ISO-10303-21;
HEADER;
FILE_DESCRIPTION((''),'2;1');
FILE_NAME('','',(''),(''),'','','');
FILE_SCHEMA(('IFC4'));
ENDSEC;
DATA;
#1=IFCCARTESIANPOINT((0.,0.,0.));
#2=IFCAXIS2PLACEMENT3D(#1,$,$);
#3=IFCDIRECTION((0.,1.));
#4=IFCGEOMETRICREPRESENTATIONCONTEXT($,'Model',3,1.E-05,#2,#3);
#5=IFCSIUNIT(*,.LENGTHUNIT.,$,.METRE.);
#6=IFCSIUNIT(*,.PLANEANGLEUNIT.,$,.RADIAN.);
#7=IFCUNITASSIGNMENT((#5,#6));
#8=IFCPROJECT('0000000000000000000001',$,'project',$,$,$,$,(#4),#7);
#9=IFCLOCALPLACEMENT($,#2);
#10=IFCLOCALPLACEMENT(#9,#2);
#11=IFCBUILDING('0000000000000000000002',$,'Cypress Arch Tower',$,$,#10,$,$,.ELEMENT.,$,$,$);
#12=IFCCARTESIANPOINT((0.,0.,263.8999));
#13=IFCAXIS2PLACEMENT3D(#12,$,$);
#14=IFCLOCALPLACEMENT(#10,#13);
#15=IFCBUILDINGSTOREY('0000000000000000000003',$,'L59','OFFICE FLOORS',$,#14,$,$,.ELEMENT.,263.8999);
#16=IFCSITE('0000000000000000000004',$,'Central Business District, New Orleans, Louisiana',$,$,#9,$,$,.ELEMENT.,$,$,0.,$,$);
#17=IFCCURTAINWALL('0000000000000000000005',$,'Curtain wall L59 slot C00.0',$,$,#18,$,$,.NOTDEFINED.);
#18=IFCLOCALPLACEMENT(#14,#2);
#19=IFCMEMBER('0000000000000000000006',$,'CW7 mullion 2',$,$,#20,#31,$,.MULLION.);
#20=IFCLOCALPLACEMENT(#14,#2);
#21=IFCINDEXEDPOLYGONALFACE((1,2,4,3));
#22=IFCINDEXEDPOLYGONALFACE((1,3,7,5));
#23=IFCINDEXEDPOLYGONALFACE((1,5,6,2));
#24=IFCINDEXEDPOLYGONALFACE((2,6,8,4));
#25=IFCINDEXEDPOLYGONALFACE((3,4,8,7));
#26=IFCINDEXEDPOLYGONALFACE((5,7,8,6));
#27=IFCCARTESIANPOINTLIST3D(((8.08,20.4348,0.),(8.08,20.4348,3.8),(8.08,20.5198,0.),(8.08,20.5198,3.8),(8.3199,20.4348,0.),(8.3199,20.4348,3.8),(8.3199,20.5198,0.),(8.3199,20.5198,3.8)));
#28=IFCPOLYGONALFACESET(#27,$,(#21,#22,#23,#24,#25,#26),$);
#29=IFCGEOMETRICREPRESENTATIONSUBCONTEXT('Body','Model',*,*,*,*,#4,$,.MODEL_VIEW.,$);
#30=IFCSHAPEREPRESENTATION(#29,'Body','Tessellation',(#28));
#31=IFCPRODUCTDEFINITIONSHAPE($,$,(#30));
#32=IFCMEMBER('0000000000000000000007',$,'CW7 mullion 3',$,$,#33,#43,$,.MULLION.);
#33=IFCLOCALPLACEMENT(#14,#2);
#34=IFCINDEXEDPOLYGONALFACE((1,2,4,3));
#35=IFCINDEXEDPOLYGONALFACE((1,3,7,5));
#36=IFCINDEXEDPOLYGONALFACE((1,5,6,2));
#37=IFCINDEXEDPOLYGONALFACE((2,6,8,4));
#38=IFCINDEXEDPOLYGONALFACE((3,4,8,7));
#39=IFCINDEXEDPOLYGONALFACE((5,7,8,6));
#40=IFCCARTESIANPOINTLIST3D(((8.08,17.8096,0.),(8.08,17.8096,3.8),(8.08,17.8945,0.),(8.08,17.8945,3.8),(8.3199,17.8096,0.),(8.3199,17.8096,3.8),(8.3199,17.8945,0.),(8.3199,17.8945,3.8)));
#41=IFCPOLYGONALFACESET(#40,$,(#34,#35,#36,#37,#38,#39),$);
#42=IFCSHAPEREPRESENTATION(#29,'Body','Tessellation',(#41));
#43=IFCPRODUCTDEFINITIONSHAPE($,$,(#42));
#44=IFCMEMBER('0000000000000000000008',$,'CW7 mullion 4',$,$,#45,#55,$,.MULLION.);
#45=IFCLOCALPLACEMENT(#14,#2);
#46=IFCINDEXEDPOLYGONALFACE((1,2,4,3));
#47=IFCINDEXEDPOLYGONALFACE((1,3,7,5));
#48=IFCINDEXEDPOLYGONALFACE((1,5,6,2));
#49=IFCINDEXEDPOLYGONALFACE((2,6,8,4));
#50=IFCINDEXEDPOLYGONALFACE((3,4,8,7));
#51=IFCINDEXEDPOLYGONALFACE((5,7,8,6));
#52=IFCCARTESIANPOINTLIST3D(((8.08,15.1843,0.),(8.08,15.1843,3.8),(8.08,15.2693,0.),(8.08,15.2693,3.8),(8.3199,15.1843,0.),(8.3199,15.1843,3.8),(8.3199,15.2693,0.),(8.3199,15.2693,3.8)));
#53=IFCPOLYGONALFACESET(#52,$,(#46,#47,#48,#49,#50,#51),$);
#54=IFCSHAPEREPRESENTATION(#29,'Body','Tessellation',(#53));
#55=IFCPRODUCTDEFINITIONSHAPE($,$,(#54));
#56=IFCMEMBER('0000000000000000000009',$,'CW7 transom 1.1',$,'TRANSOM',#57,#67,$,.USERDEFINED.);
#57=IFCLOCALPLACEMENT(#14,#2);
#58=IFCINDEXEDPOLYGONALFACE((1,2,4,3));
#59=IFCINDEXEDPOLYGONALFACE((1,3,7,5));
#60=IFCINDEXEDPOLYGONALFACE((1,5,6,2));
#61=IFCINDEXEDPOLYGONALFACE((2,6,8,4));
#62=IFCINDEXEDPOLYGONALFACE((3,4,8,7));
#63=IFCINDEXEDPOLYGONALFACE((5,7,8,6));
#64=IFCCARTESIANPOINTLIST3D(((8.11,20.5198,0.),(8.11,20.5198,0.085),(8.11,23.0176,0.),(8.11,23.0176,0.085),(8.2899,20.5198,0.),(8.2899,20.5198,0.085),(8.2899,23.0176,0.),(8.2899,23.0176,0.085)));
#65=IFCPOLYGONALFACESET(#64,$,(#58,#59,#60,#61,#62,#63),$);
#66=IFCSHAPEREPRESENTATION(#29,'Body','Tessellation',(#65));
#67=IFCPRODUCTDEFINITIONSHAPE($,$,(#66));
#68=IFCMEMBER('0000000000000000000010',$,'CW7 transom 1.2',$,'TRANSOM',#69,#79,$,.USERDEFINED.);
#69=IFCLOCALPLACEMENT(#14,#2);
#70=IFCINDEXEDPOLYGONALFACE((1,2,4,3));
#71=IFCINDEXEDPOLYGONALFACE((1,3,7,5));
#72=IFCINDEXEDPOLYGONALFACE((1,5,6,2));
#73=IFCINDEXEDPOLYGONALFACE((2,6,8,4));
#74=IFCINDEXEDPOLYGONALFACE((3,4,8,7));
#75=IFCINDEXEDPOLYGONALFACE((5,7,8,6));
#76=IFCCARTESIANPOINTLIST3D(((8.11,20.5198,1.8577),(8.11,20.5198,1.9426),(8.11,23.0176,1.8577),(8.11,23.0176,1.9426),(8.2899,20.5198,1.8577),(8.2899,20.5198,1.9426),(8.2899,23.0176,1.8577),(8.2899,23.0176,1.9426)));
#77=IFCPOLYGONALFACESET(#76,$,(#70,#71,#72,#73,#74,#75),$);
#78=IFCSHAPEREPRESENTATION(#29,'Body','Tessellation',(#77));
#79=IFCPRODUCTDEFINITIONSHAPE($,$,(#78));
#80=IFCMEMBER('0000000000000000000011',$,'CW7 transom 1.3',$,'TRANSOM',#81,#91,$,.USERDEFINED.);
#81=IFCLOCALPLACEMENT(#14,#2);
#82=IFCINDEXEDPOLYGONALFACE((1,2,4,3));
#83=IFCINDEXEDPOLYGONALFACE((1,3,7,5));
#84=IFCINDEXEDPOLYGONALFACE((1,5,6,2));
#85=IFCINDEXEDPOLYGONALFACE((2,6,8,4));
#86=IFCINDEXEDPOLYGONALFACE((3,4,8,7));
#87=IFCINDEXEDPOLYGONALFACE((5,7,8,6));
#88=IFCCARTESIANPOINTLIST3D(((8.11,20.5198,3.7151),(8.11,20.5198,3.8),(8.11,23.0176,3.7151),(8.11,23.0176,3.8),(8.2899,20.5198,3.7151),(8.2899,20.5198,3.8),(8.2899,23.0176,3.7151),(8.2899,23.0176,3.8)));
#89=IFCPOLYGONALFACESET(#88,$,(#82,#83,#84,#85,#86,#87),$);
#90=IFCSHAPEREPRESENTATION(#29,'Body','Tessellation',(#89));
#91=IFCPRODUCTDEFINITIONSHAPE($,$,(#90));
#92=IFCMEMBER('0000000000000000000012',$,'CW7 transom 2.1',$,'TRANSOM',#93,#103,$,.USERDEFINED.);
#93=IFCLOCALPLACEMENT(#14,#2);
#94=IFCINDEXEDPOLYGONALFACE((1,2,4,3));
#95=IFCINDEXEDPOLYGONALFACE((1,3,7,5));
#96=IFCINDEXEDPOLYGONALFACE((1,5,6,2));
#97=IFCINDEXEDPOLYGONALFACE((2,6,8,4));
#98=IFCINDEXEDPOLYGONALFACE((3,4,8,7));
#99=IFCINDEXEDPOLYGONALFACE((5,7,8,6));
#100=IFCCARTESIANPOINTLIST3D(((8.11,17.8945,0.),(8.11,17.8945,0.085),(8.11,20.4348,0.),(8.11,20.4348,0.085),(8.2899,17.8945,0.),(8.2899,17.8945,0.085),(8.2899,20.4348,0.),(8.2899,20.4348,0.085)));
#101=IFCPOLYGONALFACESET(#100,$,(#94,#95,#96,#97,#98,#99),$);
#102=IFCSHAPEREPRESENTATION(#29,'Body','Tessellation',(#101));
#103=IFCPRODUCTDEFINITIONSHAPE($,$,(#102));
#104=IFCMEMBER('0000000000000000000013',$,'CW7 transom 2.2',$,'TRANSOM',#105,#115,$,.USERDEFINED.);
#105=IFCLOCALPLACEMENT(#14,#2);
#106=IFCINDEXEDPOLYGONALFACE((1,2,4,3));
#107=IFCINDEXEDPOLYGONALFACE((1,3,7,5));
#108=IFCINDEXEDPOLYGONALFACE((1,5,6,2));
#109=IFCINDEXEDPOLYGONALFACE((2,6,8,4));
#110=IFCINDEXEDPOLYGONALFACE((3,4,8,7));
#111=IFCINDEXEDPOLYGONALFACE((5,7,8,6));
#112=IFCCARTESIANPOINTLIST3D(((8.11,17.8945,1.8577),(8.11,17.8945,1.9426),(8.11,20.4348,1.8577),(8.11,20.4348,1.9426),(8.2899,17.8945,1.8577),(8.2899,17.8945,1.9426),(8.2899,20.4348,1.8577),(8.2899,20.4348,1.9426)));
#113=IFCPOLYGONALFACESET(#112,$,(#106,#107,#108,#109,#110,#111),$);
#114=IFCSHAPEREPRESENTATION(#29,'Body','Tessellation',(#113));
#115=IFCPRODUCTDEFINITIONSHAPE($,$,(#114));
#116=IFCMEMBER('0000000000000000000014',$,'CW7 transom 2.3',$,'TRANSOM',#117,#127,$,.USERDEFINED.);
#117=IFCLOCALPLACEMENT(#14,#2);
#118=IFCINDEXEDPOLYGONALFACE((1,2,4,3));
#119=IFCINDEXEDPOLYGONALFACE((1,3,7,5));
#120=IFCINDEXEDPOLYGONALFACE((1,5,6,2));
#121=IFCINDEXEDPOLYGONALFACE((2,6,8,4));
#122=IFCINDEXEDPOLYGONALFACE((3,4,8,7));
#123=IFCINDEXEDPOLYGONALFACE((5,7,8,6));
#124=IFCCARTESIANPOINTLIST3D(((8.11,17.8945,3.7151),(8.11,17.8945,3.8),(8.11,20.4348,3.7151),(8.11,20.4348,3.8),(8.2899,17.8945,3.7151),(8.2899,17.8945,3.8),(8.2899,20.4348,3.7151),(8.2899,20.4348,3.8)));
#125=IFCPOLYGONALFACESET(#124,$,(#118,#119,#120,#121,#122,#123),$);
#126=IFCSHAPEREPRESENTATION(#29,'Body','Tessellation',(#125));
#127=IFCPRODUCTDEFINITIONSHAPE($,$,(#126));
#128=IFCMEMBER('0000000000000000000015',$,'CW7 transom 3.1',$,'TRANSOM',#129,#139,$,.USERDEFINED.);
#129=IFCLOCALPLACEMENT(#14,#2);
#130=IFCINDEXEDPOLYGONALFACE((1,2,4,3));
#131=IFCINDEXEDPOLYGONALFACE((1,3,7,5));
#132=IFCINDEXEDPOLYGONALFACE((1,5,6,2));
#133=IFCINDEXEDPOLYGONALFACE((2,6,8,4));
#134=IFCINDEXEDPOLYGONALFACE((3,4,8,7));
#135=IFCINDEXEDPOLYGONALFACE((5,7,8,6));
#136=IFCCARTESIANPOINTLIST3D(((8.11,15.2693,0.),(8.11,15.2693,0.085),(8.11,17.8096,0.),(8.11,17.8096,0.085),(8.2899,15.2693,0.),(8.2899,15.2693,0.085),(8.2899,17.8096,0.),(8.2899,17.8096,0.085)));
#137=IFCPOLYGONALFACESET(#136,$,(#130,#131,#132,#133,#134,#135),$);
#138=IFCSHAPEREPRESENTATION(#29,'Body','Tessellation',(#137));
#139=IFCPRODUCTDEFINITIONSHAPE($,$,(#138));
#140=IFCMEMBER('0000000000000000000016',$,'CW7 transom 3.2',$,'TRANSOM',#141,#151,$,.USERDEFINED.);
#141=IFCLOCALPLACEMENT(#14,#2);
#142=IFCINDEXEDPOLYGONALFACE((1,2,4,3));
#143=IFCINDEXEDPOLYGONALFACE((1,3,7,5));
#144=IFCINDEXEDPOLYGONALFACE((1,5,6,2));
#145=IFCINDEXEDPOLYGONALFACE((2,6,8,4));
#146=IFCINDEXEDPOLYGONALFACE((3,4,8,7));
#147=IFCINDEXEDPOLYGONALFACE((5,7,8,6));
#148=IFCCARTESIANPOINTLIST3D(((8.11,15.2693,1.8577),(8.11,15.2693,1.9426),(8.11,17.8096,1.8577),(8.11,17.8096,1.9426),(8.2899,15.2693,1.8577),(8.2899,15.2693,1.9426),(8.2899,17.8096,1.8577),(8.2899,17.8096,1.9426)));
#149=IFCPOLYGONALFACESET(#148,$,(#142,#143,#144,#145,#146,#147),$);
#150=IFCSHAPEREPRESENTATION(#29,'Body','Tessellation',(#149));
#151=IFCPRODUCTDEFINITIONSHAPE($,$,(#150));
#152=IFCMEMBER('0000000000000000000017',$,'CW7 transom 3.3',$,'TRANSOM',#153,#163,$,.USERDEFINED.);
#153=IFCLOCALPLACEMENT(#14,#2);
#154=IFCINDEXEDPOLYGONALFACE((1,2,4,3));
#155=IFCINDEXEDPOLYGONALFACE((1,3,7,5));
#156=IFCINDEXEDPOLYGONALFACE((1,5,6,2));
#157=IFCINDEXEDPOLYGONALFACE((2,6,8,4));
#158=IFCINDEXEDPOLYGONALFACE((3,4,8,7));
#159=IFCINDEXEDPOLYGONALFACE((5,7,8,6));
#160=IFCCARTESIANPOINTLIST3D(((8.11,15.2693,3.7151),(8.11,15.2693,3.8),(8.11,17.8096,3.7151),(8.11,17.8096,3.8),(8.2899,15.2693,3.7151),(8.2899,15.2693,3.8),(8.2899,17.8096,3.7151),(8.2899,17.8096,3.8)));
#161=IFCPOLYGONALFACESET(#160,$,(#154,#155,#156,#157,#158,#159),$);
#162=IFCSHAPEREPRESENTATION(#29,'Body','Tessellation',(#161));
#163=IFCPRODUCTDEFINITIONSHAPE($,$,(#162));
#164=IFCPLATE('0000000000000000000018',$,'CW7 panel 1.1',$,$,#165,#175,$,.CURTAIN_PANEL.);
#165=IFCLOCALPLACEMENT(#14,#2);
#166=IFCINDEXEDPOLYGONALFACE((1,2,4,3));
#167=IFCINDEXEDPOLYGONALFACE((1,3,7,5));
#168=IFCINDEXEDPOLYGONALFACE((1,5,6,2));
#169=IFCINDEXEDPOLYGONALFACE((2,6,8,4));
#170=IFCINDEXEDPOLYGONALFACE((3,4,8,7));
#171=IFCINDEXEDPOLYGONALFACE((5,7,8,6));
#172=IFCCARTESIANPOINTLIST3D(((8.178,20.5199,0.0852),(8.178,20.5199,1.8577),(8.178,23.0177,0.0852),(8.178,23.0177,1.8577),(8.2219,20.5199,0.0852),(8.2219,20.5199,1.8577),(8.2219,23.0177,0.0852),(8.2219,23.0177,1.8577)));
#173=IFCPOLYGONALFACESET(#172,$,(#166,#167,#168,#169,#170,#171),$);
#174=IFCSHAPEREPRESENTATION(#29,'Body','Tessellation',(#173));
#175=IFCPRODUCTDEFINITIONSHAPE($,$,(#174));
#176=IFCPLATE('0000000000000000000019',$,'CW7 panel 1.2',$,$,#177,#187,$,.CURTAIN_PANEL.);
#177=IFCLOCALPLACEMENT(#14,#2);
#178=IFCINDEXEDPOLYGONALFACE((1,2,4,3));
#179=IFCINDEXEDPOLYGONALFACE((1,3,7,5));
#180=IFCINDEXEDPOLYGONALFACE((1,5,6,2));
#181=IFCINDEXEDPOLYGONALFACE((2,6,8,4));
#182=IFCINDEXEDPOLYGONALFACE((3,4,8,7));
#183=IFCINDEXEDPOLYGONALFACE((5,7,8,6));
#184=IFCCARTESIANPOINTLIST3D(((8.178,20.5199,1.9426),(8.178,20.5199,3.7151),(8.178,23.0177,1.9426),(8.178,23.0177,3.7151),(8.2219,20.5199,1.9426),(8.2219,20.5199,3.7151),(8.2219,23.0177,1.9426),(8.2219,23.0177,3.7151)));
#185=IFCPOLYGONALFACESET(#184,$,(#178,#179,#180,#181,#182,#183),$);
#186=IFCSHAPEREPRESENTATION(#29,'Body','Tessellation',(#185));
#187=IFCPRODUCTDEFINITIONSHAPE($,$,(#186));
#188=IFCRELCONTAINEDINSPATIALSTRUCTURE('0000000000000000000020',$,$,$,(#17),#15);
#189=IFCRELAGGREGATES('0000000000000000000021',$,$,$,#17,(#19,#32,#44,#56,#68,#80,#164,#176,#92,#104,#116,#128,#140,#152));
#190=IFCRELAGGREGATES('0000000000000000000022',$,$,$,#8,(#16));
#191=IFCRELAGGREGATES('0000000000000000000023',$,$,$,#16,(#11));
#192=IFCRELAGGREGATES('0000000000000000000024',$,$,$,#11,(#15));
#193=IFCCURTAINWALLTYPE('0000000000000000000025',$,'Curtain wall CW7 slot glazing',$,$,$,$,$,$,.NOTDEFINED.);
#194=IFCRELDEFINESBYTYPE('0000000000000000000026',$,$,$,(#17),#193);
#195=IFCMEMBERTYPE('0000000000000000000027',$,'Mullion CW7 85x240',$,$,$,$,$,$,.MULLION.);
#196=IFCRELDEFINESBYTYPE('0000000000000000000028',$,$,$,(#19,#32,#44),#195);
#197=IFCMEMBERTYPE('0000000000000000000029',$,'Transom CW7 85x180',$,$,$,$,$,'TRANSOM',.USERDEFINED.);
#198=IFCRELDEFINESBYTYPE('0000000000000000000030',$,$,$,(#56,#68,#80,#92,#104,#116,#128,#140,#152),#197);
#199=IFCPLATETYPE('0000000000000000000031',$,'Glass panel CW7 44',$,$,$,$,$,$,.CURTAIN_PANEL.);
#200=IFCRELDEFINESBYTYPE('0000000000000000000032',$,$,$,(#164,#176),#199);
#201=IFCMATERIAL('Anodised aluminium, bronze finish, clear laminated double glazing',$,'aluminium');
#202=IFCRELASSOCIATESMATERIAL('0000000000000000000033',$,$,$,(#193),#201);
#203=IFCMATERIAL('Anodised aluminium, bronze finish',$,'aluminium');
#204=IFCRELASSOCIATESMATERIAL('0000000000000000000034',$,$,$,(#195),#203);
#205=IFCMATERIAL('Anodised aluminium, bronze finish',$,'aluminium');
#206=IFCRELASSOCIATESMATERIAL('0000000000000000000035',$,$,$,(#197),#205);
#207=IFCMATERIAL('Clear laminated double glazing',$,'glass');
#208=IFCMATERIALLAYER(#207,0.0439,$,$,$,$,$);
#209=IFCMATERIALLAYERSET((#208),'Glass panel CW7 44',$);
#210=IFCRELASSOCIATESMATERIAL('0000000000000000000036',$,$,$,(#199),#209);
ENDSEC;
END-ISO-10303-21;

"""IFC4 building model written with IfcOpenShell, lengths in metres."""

from ifc_helpers import new_model, si_unit, direction, frame, origin, origin_2d, place, context, subcontext, project, spatial, rectangle, extrude, material, layer, layer_set, material_profile, profile_set, type_object, element, aggregate, save


model = new_model("IFC4")

# Units and contexts
model_context = context("Model", 3, precision=1e-05, world=origin(), true_north=direction((0.0, 1.0)))
body_context = subcontext(model_context, "Body", "Model", "MODEL_VIEW")
ifc_project = project(units=[si_unit("LENGTHUNIT", "METRE"), si_unit("PLANEANGLEUNIT", "RADIAN")], contexts=[model_context])

# Site, building, storey
site_placement = place(None, origin())
site = spatial("IfcSite", under=ifc_project, at=site_placement, Name="Central Business District, New Orleans, Louisiana", CompositionType="ELEMENT", RefElevation=0.0)
building_placement = place(site_placement, origin())
building = spatial("IfcBuilding", under=site, at=building_placement, Name="Cypress Arch Tower", CompositionType="ELEMENT")
storey_placement = place(building_placement, frame((0.0, 0.0, 263.8999)))
storey = spatial("IfcBuildingStorey", under=building, at=storey_placement, Name="L59", Description="OFFICE FLOORS", CompositionType="ELEMENT", Elevation=263.8999)

# Curtain wall, members, plates
ifc_material_1 = material(Name="Anodised aluminium, bronze finish, clear laminated double glazing", Category="aluminium")
curtain_wall_type = type_object("IfcCurtainWallType", Name="Curtain wall CW7 slot glazing", PredefinedType="NOTDEFINED", material=ifc_material_1)
curtain_wall_placement = place(storey_placement, origin())
curtain_wall = element("IfcCurtainWall", 1, at=curtain_wall_placement, inside=storey, type_object=curtain_wall_type, Name="Curtain wall L59 slot C00.0", PredefinedType="NOTDEFINED")
ifc_material_2 = material(Name="Anodised aluminium, bronze finish", Category="aluminium")
ifc_material_profile_1 = material_profile(ifc_material_2, rectangle(XDim=0.24, YDim=0.085, at=origin_2d()), Name="Mullion 85x240")
ifc_profile_set_1 = profile_set([ifc_material_profile_1], Name="Anodised aluminium, bronze finish")
member_type_1 = type_object("IfcMemberType", Name="Mullion CW7 85x240", PredefinedType="MULLION", material=ifc_profile_set_1)
member_1_placement = place(storey_placement, frame((8.2, 20.4773, 0.0), z_axis=(0.0, 0.0, 1.0), x_axis=(1.0, 0.0, 0.0)))
member_1 = element("IfcMember", 2, at=member_1_placement, type_object=member_type_1, Name="CW7 mullion 2", PredefinedType="MULLION", context=body_context, shape_type="SweptSolid", body=[
    extrude(rectangle(XDim=0.24, YDim=0.085, at=origin_2d()), origin(), (0.0, 0.0, 1.0), 3.8),
])
member_2_placement = place(storey_placement, frame((8.2, 17.8521, 0.0), z_axis=(0.0, 0.0, 1.0), x_axis=(1.0, 0.0, 0.0)))
member_2 = element("IfcMember", 3, at=member_2_placement, type_object=member_type_1, Name="CW7 mullion 3", PredefinedType="MULLION", context=body_context, shape_type="SweptSolid", body=[
    extrude(rectangle(XDim=0.24, YDim=0.085, at=origin_2d()), origin(), (0.0, 0.0, 1.0), 3.8),
])
member_3_placement = place(storey_placement, frame((8.2, 15.2268, 0.0), z_axis=(0.0, 0.0, 1.0), x_axis=(1.0, 0.0, 0.0)))
member_3 = element("IfcMember", 4, at=member_3_placement, type_object=member_type_1, Name="CW7 mullion 4", PredefinedType="MULLION", context=body_context, shape_type="SweptSolid", body=[
    extrude(rectangle(XDim=0.24, YDim=0.085, at=origin_2d()), origin(), (0.0, 0.0, 1.0), 3.8),
])
ifc_material_3 = material(Name="Anodised aluminium, bronze finish", Category="aluminium")
ifc_material_profile_2 = material_profile(ifc_material_3, rectangle(XDim=0.1799, YDim=0.085, at=origin_2d()), Name="Transom 85x180")
ifc_profile_set_2 = profile_set([ifc_material_profile_2], Name="Anodised aluminium, bronze finish")
member_type_2 = type_object("IfcMemberType", Name="Transom CW7 85x180", ElementType="TRANSOM", PredefinedType="USERDEFINED", material=ifc_profile_set_2)
member_4_placement = place(storey_placement, frame((8.2, 23.0176, 0.0425), z_axis=(0.0, -1.0, 0.0), x_axis=(1.0, 0.0, 0.0)))
member_4 = element("IfcMember", 5, at=member_4_placement, type_object=member_type_2, Name="CW7 transom 1.1", ObjectType="TRANSOM", PredefinedType="USERDEFINED", context=body_context, shape_type="SweptSolid", body=[
    extrude(rectangle(XDim=0.1799, YDim=0.085, at=origin_2d()), origin(), (0.0, 0.0, 1.0), 2.4978),
])
member_5_placement = place(storey_placement, frame((8.2, 23.0176, 1.9001), z_axis=(0.0, -1.0, 0.0), x_axis=(1.0, 0.0, 0.0)))
member_5 = element("IfcMember", 6, at=member_5_placement, type_object=member_type_2, Name="CW7 transom 1.2", ObjectType="TRANSOM", PredefinedType="USERDEFINED", context=body_context, shape_type="SweptSolid", body=[
    extrude(rectangle(XDim=0.1799, YDim=0.085, at=origin_2d()), origin(), (0.0, 0.0, 1.0), 2.4978),
])
member_6_placement = place(storey_placement, frame((8.2, 23.0176, 3.7576), z_axis=(0.0, -1.0, 0.0), x_axis=(1.0, 0.0, 0.0)))
member_6 = element("IfcMember", 7, at=member_6_placement, type_object=member_type_2, Name="CW7 transom 1.3", ObjectType="TRANSOM", PredefinedType="USERDEFINED", context=body_context, shape_type="SweptSolid", body=[
    extrude(rectangle(XDim=0.1799, YDim=0.085, at=origin_2d()), origin(), (0.0, 0.0, 1.0), 2.4978),
])
member_7_placement = place(storey_placement, frame((8.2, 20.4348, 0.0425), z_axis=(0.0, -1.0, 0.0), x_axis=(1.0, 0.0, 0.0)))
member_7 = element("IfcMember", 8, at=member_7_placement, type_object=member_type_2, Name="CW7 transom 2.1", ObjectType="TRANSOM", PredefinedType="USERDEFINED", context=body_context, shape_type="SweptSolid", body=[
    extrude(rectangle(XDim=0.1799, YDim=0.085, at=origin_2d()), origin(), (0.0, 0.0, 1.0), 2.5403),
])
member_8_placement = place(storey_placement, frame((8.2, 20.4348, 1.9001), z_axis=(0.0, -1.0, 0.0), x_axis=(1.0, 0.0, 0.0)))
member_8 = element("IfcMember", 9, at=member_8_placement, type_object=member_type_2, Name="CW7 transom 2.2", ObjectType="TRANSOM", PredefinedType="USERDEFINED", context=body_context, shape_type="SweptSolid", body=[
    extrude(rectangle(XDim=0.1799, YDim=0.085, at=origin_2d()), origin(), (0.0, 0.0, 1.0), 2.5403),
])
member_9_placement = place(storey_placement, frame((8.2, 20.4348, 3.7576), z_axis=(0.0, -1.0, 0.0), x_axis=(1.0, 0.0, 0.0)))
member_9 = element("IfcMember", 10, at=member_9_placement, type_object=member_type_2, Name="CW7 transom 2.3", ObjectType="TRANSOM", PredefinedType="USERDEFINED", context=body_context, shape_type="SweptSolid", body=[
    extrude(rectangle(XDim=0.1799, YDim=0.085, at=origin_2d()), origin(), (0.0, 0.0, 1.0), 2.5403),
])
member_10_placement = place(storey_placement, frame((8.2, 17.8096, 0.0425), z_axis=(0.0, -1.0, 0.0), x_axis=(1.0, 0.0, 0.0)))
member_10 = element("IfcMember", 11, at=member_10_placement, type_object=member_type_2, Name="CW7 transom 3.1", ObjectType="TRANSOM", PredefinedType="USERDEFINED", context=body_context, shape_type="SweptSolid", body=[
    extrude(rectangle(XDim=0.1799, YDim=0.085, at=origin_2d()), origin(), (0.0, 0.0, 1.0), 2.5403),
])
member_11_placement = place(storey_placement, frame((8.2, 17.8096, 1.9001), z_axis=(0.0, -1.0, 0.0), x_axis=(1.0, 0.0, 0.0)))
member_11 = element("IfcMember", 12, at=member_11_placement, type_object=member_type_2, Name="CW7 transom 3.2", ObjectType="TRANSOM", PredefinedType="USERDEFINED", context=body_context, shape_type="SweptSolid", body=[
    extrude(rectangle(XDim=0.1799, YDim=0.085, at=origin_2d()), origin(), (0.0, 0.0, 1.0), 2.5403),
])
member_12_placement = place(storey_placement, frame((8.2, 17.8096, 3.7576), z_axis=(0.0, -1.0, 0.0), x_axis=(1.0, 0.0, 0.0)))
member_12 = element("IfcMember", 13, at=member_12_placement, type_object=member_type_2, Name="CW7 transom 3.3", ObjectType="TRANSOM", PredefinedType="USERDEFINED", context=body_context, shape_type="SweptSolid", body=[
    extrude(rectangle(XDim=0.1799, YDim=0.085, at=origin_2d()), origin(), (0.0, 0.0, 1.0), 2.5403),
])
ifc_material_4 = material(Name="Clear laminated double glazing", Category="glass")
ifc_layer = layer(ifc_material_4, 0.0439)
ifc_layer_set = layer_set([ifc_layer], Name="Glass panel CW7 44")
plate_type = type_object("IfcPlateType", Name="Glass panel CW7 44", PredefinedType="CURTAIN_PANEL", material=ifc_layer_set)
plate_1_placement = place(storey_placement, frame((8.2, 21.7688, 0.0852), z_axis=(0.0, 0.0, 1.0), x_axis=(0.0, -1.0, 0.0)))
plate_1 = element("IfcPlate", 14, at=plate_1_placement, type_object=plate_type, Name="CW7 panel 1.1", PredefinedType="CURTAIN_PANEL", context=body_context, shape_type="SweptSolid", body=[
    extrude(rectangle(XDim=2.4978, YDim=0.0439, at=origin_2d()), origin(), (0.0, 0.0, 1.0), 1.7725),
])
plate_2_placement = place(storey_placement, frame((8.2, 21.7688, 1.9426), z_axis=(0.0, 0.0, 1.0), x_axis=(0.0, -1.0, 0.0)))
plate_2 = element("IfcPlate", 15, at=plate_2_placement, type_object=plate_type, Name="CW7 panel 1.2", PredefinedType="CURTAIN_PANEL", context=body_context, shape_type="SweptSolid", body=[
    extrude(rectangle(XDim=2.4978, YDim=0.0439, at=origin_2d()), origin(), (0.0, 0.0, 1.0), 1.7725),
])
aggregate(curtain_wall, [member_1, member_2, member_3, member_4, member_5, member_6, plate_1, plate_2, member_7, member_8, member_9, member_10, member_11, member_12])

save(model, "model.ifc")
